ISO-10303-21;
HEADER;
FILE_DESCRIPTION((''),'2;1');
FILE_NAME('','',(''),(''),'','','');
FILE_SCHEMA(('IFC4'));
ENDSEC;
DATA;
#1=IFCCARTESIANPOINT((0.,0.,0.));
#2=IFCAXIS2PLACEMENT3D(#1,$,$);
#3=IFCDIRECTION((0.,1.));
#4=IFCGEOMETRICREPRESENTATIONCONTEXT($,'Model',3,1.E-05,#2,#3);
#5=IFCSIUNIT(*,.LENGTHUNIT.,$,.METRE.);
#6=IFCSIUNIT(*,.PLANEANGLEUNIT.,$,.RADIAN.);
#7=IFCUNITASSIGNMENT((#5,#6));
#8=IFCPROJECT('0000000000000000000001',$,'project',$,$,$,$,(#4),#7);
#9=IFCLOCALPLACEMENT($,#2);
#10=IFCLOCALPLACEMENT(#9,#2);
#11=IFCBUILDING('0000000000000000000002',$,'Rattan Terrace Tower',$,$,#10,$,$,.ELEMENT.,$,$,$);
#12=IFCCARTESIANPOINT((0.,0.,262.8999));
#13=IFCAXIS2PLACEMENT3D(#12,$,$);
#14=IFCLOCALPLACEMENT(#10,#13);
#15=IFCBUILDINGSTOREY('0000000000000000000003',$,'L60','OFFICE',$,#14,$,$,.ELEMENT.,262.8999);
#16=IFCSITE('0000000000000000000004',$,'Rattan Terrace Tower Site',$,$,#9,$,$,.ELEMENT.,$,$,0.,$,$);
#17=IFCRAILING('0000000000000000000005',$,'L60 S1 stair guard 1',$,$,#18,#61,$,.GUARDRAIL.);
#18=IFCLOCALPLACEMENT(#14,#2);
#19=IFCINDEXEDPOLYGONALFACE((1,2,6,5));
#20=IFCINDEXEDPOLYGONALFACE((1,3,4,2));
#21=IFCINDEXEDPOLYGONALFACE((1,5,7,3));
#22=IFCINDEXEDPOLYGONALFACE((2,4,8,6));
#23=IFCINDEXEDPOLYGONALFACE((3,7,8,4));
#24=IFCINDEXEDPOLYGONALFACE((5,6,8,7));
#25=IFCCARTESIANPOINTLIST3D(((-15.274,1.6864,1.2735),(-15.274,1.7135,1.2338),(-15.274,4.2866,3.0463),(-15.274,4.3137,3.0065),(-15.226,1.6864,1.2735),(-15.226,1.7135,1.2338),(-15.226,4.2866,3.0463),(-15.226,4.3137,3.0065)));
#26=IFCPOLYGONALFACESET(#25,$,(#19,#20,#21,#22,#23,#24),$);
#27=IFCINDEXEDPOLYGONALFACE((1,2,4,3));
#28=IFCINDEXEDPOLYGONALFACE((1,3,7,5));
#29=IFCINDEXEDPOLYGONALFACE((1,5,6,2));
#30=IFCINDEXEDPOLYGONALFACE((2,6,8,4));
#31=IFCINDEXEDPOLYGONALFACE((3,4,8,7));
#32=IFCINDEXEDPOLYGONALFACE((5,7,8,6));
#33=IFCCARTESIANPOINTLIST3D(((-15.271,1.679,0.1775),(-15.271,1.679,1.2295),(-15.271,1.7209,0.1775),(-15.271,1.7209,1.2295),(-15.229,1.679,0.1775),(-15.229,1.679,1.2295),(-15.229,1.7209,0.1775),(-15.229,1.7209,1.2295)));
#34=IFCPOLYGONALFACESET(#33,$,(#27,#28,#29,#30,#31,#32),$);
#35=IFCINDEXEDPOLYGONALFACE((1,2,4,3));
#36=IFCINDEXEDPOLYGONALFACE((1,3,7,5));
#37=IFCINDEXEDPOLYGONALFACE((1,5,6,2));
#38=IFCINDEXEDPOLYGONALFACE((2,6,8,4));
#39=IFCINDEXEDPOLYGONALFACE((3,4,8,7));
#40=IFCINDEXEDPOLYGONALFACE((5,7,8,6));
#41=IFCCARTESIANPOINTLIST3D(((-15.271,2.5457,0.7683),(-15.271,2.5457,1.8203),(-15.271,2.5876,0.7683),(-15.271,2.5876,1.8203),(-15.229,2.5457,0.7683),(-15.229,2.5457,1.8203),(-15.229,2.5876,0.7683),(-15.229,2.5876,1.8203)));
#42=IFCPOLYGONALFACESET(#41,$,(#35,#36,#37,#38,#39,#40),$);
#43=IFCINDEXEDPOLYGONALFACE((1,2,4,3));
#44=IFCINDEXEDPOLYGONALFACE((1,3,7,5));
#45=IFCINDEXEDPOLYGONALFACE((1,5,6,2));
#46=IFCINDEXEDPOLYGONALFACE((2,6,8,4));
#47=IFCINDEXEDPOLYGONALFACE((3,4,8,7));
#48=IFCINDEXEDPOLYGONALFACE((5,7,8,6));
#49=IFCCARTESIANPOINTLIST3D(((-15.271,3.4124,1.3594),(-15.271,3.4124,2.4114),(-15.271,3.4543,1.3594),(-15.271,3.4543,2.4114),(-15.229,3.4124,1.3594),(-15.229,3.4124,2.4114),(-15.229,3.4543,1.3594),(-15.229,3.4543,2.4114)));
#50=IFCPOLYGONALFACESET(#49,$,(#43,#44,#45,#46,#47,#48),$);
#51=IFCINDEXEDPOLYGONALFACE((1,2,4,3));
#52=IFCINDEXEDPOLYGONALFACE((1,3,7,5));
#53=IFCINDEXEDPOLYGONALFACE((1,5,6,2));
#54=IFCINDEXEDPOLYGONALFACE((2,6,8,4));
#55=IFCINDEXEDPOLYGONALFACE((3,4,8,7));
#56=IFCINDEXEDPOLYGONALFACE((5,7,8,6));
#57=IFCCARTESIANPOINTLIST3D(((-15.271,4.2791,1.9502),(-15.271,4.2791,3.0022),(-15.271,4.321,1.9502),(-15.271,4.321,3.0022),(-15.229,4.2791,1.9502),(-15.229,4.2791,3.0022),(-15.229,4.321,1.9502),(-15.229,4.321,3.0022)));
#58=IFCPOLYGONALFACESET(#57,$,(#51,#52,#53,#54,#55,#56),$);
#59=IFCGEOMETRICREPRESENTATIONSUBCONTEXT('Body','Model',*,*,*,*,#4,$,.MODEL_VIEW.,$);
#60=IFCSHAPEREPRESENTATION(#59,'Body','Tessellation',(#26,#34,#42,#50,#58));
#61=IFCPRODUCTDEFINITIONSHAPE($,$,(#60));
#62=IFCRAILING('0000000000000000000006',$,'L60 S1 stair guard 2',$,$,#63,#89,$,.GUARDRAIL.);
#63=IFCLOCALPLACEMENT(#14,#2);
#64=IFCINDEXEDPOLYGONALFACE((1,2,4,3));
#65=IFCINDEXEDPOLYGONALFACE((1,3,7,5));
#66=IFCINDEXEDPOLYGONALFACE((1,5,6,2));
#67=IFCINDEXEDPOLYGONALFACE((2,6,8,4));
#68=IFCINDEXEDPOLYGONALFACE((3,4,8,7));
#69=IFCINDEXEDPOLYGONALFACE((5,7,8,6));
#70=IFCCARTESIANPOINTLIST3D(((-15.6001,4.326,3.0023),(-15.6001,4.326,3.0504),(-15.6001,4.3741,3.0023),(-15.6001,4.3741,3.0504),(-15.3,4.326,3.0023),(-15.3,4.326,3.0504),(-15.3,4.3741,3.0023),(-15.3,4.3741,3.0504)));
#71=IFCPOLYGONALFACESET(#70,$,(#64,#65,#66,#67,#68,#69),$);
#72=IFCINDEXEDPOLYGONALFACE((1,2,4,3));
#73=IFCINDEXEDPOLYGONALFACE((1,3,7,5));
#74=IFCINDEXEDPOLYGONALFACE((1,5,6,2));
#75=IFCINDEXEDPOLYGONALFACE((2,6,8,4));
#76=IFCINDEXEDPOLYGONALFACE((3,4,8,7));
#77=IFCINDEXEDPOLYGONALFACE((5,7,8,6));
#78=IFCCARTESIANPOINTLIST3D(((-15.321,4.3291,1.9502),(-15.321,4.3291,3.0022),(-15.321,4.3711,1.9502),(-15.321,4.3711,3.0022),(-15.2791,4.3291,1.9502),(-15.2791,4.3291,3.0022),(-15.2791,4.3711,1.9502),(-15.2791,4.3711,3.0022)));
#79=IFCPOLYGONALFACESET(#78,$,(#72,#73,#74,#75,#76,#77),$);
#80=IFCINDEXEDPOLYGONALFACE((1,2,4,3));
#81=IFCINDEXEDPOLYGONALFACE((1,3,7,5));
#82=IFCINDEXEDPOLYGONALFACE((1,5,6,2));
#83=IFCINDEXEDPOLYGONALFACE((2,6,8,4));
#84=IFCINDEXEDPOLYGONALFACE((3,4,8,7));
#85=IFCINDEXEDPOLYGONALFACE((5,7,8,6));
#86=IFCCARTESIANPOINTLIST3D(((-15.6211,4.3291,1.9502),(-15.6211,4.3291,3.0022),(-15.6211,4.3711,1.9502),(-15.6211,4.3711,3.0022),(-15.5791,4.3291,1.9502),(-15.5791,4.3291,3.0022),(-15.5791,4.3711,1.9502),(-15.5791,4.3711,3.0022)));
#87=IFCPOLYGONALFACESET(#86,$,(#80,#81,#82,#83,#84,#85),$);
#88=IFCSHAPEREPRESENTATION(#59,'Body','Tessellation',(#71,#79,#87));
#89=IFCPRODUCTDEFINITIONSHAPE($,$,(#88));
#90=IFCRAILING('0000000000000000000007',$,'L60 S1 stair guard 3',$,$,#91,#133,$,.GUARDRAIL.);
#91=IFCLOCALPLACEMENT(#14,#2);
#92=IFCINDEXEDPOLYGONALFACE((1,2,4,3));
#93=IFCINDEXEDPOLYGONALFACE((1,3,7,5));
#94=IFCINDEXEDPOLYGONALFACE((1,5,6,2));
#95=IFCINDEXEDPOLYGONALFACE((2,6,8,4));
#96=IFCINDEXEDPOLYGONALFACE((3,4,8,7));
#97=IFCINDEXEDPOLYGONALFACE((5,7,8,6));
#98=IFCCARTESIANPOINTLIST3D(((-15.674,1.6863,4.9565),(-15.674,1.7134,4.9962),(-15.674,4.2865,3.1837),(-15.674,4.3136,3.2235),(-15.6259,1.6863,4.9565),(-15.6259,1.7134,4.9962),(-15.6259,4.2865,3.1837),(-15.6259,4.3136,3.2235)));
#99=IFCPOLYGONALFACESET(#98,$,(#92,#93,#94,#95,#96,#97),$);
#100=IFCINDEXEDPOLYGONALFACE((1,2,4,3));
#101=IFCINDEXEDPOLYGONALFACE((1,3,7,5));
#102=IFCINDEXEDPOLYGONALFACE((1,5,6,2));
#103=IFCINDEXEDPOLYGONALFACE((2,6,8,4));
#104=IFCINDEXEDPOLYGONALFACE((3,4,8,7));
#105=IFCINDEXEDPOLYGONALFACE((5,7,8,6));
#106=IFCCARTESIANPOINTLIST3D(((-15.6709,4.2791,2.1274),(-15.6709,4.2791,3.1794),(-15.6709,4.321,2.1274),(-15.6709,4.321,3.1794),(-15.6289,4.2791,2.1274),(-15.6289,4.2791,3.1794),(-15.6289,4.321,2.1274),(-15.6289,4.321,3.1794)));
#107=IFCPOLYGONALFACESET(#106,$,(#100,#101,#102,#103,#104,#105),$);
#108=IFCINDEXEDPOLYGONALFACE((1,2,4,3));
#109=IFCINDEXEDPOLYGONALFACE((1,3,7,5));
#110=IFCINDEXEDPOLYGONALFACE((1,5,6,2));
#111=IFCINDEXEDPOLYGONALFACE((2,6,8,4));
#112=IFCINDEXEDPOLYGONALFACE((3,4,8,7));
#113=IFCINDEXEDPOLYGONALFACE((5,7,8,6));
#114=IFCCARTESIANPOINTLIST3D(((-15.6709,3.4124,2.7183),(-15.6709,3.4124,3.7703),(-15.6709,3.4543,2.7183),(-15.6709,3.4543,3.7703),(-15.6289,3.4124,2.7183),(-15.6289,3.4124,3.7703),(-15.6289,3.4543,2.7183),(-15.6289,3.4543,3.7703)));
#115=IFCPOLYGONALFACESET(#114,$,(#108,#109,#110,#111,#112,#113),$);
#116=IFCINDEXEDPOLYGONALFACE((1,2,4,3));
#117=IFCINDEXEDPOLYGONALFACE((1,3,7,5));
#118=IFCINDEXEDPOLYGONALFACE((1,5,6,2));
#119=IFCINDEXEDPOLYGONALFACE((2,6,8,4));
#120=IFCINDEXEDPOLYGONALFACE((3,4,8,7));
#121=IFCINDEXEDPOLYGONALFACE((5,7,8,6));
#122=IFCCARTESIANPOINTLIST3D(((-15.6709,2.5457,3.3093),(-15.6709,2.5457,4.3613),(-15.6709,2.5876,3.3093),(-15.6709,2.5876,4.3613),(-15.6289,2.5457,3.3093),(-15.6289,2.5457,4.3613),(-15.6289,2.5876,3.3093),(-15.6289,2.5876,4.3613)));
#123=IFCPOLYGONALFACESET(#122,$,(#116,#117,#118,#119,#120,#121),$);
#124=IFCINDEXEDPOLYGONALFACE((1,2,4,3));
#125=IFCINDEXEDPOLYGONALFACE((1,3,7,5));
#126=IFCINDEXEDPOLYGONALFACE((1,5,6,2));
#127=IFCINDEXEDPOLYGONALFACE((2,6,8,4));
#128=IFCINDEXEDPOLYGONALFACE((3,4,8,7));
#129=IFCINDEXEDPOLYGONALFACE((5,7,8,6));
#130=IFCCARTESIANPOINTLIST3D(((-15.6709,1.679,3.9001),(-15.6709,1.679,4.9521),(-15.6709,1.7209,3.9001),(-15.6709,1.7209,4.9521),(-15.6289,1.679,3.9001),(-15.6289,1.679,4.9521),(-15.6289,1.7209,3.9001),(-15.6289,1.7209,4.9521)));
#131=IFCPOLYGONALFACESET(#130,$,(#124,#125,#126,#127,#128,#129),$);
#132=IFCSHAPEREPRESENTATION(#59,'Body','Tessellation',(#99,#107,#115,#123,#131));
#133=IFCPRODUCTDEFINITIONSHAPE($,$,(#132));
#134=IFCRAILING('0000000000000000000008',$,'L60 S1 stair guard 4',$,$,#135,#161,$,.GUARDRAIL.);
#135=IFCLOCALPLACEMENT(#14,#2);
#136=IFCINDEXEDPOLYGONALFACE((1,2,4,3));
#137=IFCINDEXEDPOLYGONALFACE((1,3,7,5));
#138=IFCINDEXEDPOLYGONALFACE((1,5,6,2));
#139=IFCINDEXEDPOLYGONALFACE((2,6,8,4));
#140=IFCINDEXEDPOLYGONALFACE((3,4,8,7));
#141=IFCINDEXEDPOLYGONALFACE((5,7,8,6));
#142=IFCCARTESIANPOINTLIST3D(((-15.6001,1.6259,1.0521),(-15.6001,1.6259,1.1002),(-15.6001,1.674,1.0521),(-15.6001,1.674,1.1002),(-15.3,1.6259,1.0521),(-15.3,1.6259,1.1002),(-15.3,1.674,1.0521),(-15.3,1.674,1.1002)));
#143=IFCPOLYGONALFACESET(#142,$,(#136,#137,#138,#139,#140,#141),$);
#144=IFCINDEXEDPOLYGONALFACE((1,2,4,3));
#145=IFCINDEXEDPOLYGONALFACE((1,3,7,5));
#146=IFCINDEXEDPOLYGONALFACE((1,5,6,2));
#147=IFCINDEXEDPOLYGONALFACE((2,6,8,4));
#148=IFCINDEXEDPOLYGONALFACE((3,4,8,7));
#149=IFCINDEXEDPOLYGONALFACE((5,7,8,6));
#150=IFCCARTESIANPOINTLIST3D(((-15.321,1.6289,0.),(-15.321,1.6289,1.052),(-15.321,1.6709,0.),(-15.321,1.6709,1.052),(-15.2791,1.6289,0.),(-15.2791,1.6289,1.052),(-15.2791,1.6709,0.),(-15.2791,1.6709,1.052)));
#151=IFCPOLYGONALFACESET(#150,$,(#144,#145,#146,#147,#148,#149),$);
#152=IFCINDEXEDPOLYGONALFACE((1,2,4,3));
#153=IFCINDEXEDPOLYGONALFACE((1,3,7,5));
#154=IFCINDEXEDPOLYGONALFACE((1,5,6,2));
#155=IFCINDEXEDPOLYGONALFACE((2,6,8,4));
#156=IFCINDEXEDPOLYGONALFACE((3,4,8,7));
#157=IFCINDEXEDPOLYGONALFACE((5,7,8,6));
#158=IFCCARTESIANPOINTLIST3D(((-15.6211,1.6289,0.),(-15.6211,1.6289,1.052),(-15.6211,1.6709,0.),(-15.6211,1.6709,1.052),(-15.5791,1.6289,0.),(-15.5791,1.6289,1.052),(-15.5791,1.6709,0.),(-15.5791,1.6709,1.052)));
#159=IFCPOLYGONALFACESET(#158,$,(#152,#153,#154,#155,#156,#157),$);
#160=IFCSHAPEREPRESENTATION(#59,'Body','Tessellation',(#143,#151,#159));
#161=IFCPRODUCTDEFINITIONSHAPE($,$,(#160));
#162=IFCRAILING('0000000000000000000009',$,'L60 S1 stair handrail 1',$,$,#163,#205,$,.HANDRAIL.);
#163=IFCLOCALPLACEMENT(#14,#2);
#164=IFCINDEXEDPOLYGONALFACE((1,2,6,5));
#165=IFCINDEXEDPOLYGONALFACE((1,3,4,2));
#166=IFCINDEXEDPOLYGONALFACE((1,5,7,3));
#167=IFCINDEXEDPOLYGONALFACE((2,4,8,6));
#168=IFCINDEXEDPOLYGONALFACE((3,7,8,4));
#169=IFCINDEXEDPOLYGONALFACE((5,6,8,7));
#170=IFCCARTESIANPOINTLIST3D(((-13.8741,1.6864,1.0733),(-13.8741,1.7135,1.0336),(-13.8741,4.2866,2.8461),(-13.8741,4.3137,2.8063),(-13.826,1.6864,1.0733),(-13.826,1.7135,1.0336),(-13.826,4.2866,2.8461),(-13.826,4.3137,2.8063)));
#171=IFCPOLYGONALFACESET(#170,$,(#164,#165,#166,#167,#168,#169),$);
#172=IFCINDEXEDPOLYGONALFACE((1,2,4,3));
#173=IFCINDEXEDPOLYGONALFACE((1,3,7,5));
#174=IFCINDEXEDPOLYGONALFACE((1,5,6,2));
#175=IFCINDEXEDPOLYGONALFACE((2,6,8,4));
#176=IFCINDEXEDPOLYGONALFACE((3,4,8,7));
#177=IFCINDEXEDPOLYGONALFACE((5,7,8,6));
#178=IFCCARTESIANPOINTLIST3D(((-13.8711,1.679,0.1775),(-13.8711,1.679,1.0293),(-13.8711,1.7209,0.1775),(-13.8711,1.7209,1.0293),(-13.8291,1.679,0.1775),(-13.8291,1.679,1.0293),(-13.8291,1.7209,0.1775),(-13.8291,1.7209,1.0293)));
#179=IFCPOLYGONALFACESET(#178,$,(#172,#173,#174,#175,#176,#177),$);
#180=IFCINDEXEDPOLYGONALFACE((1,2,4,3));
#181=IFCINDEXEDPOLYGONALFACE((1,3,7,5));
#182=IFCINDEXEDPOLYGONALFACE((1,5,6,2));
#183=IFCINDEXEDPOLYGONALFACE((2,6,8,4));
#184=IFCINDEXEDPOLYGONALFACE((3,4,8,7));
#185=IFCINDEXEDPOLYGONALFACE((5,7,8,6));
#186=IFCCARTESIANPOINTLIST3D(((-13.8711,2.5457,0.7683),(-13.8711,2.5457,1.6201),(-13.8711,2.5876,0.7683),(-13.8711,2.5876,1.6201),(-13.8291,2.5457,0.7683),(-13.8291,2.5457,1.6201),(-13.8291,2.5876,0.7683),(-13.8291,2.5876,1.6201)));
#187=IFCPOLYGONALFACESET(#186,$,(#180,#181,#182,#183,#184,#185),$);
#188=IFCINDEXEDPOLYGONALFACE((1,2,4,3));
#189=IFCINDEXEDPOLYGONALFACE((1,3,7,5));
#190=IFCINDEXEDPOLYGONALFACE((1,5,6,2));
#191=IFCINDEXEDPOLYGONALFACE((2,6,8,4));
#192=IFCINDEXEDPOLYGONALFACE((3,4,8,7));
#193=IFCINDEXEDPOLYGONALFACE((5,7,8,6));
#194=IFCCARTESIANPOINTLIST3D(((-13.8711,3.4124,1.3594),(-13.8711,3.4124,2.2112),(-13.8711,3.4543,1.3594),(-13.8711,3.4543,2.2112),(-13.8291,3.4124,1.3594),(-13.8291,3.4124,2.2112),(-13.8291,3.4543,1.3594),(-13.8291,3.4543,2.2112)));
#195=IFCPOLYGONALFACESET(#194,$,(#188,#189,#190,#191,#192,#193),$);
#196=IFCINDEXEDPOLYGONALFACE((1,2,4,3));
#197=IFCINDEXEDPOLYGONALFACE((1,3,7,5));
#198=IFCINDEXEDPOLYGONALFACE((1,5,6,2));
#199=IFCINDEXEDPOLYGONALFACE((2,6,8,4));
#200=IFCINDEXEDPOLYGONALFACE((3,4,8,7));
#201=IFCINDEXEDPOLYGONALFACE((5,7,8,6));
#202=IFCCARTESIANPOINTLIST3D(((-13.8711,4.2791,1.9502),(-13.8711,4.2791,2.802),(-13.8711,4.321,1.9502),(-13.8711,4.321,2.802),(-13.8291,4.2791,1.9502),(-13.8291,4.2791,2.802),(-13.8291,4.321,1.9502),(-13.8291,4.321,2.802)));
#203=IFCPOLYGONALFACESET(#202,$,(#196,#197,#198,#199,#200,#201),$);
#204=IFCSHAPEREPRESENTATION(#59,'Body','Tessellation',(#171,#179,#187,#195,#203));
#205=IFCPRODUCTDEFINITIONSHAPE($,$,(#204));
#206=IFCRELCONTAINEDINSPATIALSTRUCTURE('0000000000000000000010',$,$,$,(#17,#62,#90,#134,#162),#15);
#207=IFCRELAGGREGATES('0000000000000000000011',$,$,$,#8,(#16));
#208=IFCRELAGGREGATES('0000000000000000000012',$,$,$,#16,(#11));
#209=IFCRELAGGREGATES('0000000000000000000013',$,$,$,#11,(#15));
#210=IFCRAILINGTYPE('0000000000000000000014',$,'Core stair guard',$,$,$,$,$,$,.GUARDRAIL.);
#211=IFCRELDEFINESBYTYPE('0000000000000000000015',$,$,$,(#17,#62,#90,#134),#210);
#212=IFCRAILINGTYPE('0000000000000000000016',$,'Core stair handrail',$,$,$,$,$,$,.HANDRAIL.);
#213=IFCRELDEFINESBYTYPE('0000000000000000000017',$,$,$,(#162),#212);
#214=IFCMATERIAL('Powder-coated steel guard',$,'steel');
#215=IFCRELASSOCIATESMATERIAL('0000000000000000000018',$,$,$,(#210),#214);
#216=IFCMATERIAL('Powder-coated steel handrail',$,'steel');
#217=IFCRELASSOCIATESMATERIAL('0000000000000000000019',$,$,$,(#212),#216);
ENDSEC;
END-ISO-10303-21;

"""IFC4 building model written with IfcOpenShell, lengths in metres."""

from ifc_helpers import new_model, si_unit, direction, frame, origin, origin_2d, place, context, subcontext, project, spatial, rectangle, extrude, material, type_object, element, save


model = new_model("IFC4")

# Units and contexts
model_context = context("Model", 3, precision=1e-05, world=origin(), true_north=direction((0.0, 1.0)))
body_context = subcontext(model_context, "Body", "Model", "MODEL_VIEW")
ifc_project = project(units=[si_unit("LENGTHUNIT", "METRE"), si_unit("PLANEANGLEUNIT", "RADIAN")], contexts=[model_context])

# Site, building, storey
site_placement = place(None, origin())
site = spatial("IfcSite", under=ifc_project, at=site_placement, Name="Rattan Terrace Tower Site", CompositionType="ELEMENT", RefElevation=0.0)
building_placement = place(site_placement, origin())
building = spatial("IfcBuilding", under=site, at=building_placement, Name="Rattan Terrace Tower", CompositionType="ELEMENT")
storey_placement = place(building_placement, frame((0.0, 0.0, 262.8999)))
storey = spatial("IfcBuildingStorey", under=building, at=storey_placement, Name="L60", Description="OFFICE", CompositionType="ELEMENT", Elevation=262.8999)

# Railings
ifc_material_1 = material(Name="Powder-coated steel guard", Category="steel")
railing_type_1 = type_object("IfcRailingType", Name="Core stair guard", PredefinedType="GUARDRAIL", material=ifc_material_1)
railing_1_placement = place(storey_placement, frame((-15.25, 1.7, 0.1775)))
element("IfcRailing", 1, at=railing_1_placement, inside=storey, type_object=railing_type_1, Name="L60 S1 stair guard 1", PredefinedType="GUARDRAIL", context=body_context, shape_type="SweptSolid", body=[
    extrude(rectangle(XDim=0.0481, YDim=0.0481, at=origin_2d()), frame((0.0, 0.0, 1.0762), z_axis=(0.0, 0.82624, 0.563318), x_axis=(-1.0, 0.0, 0.0)), (0.0, 0.0, 1.0), 3.147),
    extrude(rectangle(XDim=0.042, YDim=0.042, at=origin_2d()), origin(), (0.0, 0.0, 1.0), 1.052),
    extrude(rectangle(XDim=0.042, YDim=0.042, at=origin_2d()), frame((0.0, 0.8667, 0.5908)), (0.0, 0.0, 1.0), 1.052),
    extrude(rectangle(XDim=0.042, YDim=0.042, at=origin_2d()), frame((0.0, 1.7334, 1.1819)), (0.0, 0.0, 1.0), 1.052),
    extrude(rectangle(XDim=0.042, YDim=0.042, at=origin_2d()), frame((0.0, 2.6001, 1.7727)), (0.0, 0.0, 1.0), 1.052),
])
railing_2_placement = place(storey_placement, frame((-15.3, 4.3501, 1.9502)))
element("IfcRailing", 2, at=railing_2_placement, inside=storey, type_object=railing_type_1, Name="L60 S1 stair guard 2", PredefinedType="GUARDRAIL", context=body_context, shape_type="SweptSolid", body=[
    extrude(rectangle(XDim=0.0481, YDim=0.0481, at=origin_2d()), frame((0.0, 0.0, 1.0762), z_axis=(-1.0, 0.0, 0.0), x_axis=(0.0, -1.0, 0.0)), (0.0, 0.0, 1.0), 0.3),
    extrude(rectangle(XDim=0.042, YDim=0.042, at=origin_2d()), origin(), (0.0, 0.0, 1.0), 1.052),
    extrude(rectangle(XDim=0.042, YDim=0.042, at=origin_2d()), frame((-0.3, 0.0, 0.0)), (0.0, 0.0, 1.0), 1.052),
])
railing_3_placement = place(storey_placement, frame((-15.6499, 4.3, 2.1274)))
element("IfcRailing", 3, at=railing_3_placement, inside=storey, type_object=railing_type_1, Name="L60 S1 stair guard 3", PredefinedType="GUARDRAIL", context=body_context, shape_type="SweptSolid", body=[
    extrude(rectangle(XDim=0.0481, YDim=0.0481, at=origin_2d()), frame((0.0, 0.0, 1.0762), z_axis=(0.0, -0.82624, 0.563318), x_axis=(1.0, 0.0, 0.0)), (0.0, 0.0, 1.0), 3.147),
    extrude(rectangle(XDim=0.042, YDim=0.042, at=origin_2d()), origin(), (0.0, 0.0, 1.0), 1.052),
    extrude(rectangle(XDim=0.042, YDim=0.042, at=origin_2d()), frame((0.0, -0.8667, 0.5908)), (0.0, 0.0, 1.0), 1.052),
    extrude(rectangle(XDim=0.042, YDim=0.042, at=origin_2d()), frame((0.0, -1.7334, 1.1819)), (0.0, 0.0, 1.0), 1.052),
    extrude(rectangle(XDim=0.042, YDim=0.042, at=origin_2d()), frame((0.0, -2.6001, 1.7727)), (0.0, 0.0, 1.0), 1.052),
])
railing_4_placement = place(storey_placement, frame((-15.3, 1.6499, 0.0)))
element("IfcRailing", 4, at=railing_4_placement, inside=storey, type_object=railing_type_1, Name="L60 S1 stair guard 4", PredefinedType="GUARDRAIL", context=body_context, shape_type="SweptSolid", body=[
    extrude(rectangle(XDim=0.0481, YDim=0.0481, at=origin_2d()), frame((0.0, 0.0, 1.0762), z_axis=(-1.0, 0.0, 0.0), x_axis=(0.0, -1.0, 0.0)), (0.0, 0.0, 1.0), 0.3),
    extrude(rectangle(XDim=0.042, YDim=0.042, at=origin_2d()), origin(), (0.0, 0.0, 1.0), 1.052),
    extrude(rectangle(XDim=0.042, YDim=0.042, at=origin_2d()), frame((-0.3, 0.0, 0.0)), (0.0, 0.0, 1.0), 1.052),
])
ifc_material_2 = material(Name="Powder-coated steel handrail", Category="steel")
railing_type_2 = type_object("IfcRailingType", Name="Core stair handrail", PredefinedType="HANDRAIL", material=ifc_material_2)
railing_5_placement = place(storey_placement, frame((-13.8501, 1.7, 0.1775)))
element("IfcRailing", 5, at=railing_5_placement, inside=storey, type_object=railing_type_2, Name="L60 S1 stair handrail 1", PredefinedType="HANDRAIL", context=body_context, shape_type="SweptSolid", body=[
    extrude(rectangle(XDim=0.0481, YDim=0.0481, at=origin_2d()), frame((0.0, 0.0, 0.876), z_axis=(0.0, 0.82624, 0.563318), x_axis=(-1.0, 0.0, 0.0)), (0.0, 0.0, 1.0), 3.147),
    extrude(rectangle(XDim=0.042, YDim=0.042, at=origin_2d()), origin(), (0.0, 0.0, 1.0), 0.8518),
    extrude(rectangle(XDim=0.042, YDim=0.042, at=origin_2d()), frame((0.0, 0.8667, 0.5908)), (0.0, 0.0, 1.0), 0.8518),
    extrude(rectangle(XDim=0.042, YDim=0.042, at=origin_2d()), frame((0.0, 1.7334, 1.1819)), (0.0, 0.0, 1.0), 0.8518),
    extrude(rectangle(XDim=0.042, YDim=0.042, at=origin_2d()), frame((0.0, 2.6001, 1.7727)), (0.0, 0.0, 1.0), 0.8518),
])

save(model, "model.ifc")
